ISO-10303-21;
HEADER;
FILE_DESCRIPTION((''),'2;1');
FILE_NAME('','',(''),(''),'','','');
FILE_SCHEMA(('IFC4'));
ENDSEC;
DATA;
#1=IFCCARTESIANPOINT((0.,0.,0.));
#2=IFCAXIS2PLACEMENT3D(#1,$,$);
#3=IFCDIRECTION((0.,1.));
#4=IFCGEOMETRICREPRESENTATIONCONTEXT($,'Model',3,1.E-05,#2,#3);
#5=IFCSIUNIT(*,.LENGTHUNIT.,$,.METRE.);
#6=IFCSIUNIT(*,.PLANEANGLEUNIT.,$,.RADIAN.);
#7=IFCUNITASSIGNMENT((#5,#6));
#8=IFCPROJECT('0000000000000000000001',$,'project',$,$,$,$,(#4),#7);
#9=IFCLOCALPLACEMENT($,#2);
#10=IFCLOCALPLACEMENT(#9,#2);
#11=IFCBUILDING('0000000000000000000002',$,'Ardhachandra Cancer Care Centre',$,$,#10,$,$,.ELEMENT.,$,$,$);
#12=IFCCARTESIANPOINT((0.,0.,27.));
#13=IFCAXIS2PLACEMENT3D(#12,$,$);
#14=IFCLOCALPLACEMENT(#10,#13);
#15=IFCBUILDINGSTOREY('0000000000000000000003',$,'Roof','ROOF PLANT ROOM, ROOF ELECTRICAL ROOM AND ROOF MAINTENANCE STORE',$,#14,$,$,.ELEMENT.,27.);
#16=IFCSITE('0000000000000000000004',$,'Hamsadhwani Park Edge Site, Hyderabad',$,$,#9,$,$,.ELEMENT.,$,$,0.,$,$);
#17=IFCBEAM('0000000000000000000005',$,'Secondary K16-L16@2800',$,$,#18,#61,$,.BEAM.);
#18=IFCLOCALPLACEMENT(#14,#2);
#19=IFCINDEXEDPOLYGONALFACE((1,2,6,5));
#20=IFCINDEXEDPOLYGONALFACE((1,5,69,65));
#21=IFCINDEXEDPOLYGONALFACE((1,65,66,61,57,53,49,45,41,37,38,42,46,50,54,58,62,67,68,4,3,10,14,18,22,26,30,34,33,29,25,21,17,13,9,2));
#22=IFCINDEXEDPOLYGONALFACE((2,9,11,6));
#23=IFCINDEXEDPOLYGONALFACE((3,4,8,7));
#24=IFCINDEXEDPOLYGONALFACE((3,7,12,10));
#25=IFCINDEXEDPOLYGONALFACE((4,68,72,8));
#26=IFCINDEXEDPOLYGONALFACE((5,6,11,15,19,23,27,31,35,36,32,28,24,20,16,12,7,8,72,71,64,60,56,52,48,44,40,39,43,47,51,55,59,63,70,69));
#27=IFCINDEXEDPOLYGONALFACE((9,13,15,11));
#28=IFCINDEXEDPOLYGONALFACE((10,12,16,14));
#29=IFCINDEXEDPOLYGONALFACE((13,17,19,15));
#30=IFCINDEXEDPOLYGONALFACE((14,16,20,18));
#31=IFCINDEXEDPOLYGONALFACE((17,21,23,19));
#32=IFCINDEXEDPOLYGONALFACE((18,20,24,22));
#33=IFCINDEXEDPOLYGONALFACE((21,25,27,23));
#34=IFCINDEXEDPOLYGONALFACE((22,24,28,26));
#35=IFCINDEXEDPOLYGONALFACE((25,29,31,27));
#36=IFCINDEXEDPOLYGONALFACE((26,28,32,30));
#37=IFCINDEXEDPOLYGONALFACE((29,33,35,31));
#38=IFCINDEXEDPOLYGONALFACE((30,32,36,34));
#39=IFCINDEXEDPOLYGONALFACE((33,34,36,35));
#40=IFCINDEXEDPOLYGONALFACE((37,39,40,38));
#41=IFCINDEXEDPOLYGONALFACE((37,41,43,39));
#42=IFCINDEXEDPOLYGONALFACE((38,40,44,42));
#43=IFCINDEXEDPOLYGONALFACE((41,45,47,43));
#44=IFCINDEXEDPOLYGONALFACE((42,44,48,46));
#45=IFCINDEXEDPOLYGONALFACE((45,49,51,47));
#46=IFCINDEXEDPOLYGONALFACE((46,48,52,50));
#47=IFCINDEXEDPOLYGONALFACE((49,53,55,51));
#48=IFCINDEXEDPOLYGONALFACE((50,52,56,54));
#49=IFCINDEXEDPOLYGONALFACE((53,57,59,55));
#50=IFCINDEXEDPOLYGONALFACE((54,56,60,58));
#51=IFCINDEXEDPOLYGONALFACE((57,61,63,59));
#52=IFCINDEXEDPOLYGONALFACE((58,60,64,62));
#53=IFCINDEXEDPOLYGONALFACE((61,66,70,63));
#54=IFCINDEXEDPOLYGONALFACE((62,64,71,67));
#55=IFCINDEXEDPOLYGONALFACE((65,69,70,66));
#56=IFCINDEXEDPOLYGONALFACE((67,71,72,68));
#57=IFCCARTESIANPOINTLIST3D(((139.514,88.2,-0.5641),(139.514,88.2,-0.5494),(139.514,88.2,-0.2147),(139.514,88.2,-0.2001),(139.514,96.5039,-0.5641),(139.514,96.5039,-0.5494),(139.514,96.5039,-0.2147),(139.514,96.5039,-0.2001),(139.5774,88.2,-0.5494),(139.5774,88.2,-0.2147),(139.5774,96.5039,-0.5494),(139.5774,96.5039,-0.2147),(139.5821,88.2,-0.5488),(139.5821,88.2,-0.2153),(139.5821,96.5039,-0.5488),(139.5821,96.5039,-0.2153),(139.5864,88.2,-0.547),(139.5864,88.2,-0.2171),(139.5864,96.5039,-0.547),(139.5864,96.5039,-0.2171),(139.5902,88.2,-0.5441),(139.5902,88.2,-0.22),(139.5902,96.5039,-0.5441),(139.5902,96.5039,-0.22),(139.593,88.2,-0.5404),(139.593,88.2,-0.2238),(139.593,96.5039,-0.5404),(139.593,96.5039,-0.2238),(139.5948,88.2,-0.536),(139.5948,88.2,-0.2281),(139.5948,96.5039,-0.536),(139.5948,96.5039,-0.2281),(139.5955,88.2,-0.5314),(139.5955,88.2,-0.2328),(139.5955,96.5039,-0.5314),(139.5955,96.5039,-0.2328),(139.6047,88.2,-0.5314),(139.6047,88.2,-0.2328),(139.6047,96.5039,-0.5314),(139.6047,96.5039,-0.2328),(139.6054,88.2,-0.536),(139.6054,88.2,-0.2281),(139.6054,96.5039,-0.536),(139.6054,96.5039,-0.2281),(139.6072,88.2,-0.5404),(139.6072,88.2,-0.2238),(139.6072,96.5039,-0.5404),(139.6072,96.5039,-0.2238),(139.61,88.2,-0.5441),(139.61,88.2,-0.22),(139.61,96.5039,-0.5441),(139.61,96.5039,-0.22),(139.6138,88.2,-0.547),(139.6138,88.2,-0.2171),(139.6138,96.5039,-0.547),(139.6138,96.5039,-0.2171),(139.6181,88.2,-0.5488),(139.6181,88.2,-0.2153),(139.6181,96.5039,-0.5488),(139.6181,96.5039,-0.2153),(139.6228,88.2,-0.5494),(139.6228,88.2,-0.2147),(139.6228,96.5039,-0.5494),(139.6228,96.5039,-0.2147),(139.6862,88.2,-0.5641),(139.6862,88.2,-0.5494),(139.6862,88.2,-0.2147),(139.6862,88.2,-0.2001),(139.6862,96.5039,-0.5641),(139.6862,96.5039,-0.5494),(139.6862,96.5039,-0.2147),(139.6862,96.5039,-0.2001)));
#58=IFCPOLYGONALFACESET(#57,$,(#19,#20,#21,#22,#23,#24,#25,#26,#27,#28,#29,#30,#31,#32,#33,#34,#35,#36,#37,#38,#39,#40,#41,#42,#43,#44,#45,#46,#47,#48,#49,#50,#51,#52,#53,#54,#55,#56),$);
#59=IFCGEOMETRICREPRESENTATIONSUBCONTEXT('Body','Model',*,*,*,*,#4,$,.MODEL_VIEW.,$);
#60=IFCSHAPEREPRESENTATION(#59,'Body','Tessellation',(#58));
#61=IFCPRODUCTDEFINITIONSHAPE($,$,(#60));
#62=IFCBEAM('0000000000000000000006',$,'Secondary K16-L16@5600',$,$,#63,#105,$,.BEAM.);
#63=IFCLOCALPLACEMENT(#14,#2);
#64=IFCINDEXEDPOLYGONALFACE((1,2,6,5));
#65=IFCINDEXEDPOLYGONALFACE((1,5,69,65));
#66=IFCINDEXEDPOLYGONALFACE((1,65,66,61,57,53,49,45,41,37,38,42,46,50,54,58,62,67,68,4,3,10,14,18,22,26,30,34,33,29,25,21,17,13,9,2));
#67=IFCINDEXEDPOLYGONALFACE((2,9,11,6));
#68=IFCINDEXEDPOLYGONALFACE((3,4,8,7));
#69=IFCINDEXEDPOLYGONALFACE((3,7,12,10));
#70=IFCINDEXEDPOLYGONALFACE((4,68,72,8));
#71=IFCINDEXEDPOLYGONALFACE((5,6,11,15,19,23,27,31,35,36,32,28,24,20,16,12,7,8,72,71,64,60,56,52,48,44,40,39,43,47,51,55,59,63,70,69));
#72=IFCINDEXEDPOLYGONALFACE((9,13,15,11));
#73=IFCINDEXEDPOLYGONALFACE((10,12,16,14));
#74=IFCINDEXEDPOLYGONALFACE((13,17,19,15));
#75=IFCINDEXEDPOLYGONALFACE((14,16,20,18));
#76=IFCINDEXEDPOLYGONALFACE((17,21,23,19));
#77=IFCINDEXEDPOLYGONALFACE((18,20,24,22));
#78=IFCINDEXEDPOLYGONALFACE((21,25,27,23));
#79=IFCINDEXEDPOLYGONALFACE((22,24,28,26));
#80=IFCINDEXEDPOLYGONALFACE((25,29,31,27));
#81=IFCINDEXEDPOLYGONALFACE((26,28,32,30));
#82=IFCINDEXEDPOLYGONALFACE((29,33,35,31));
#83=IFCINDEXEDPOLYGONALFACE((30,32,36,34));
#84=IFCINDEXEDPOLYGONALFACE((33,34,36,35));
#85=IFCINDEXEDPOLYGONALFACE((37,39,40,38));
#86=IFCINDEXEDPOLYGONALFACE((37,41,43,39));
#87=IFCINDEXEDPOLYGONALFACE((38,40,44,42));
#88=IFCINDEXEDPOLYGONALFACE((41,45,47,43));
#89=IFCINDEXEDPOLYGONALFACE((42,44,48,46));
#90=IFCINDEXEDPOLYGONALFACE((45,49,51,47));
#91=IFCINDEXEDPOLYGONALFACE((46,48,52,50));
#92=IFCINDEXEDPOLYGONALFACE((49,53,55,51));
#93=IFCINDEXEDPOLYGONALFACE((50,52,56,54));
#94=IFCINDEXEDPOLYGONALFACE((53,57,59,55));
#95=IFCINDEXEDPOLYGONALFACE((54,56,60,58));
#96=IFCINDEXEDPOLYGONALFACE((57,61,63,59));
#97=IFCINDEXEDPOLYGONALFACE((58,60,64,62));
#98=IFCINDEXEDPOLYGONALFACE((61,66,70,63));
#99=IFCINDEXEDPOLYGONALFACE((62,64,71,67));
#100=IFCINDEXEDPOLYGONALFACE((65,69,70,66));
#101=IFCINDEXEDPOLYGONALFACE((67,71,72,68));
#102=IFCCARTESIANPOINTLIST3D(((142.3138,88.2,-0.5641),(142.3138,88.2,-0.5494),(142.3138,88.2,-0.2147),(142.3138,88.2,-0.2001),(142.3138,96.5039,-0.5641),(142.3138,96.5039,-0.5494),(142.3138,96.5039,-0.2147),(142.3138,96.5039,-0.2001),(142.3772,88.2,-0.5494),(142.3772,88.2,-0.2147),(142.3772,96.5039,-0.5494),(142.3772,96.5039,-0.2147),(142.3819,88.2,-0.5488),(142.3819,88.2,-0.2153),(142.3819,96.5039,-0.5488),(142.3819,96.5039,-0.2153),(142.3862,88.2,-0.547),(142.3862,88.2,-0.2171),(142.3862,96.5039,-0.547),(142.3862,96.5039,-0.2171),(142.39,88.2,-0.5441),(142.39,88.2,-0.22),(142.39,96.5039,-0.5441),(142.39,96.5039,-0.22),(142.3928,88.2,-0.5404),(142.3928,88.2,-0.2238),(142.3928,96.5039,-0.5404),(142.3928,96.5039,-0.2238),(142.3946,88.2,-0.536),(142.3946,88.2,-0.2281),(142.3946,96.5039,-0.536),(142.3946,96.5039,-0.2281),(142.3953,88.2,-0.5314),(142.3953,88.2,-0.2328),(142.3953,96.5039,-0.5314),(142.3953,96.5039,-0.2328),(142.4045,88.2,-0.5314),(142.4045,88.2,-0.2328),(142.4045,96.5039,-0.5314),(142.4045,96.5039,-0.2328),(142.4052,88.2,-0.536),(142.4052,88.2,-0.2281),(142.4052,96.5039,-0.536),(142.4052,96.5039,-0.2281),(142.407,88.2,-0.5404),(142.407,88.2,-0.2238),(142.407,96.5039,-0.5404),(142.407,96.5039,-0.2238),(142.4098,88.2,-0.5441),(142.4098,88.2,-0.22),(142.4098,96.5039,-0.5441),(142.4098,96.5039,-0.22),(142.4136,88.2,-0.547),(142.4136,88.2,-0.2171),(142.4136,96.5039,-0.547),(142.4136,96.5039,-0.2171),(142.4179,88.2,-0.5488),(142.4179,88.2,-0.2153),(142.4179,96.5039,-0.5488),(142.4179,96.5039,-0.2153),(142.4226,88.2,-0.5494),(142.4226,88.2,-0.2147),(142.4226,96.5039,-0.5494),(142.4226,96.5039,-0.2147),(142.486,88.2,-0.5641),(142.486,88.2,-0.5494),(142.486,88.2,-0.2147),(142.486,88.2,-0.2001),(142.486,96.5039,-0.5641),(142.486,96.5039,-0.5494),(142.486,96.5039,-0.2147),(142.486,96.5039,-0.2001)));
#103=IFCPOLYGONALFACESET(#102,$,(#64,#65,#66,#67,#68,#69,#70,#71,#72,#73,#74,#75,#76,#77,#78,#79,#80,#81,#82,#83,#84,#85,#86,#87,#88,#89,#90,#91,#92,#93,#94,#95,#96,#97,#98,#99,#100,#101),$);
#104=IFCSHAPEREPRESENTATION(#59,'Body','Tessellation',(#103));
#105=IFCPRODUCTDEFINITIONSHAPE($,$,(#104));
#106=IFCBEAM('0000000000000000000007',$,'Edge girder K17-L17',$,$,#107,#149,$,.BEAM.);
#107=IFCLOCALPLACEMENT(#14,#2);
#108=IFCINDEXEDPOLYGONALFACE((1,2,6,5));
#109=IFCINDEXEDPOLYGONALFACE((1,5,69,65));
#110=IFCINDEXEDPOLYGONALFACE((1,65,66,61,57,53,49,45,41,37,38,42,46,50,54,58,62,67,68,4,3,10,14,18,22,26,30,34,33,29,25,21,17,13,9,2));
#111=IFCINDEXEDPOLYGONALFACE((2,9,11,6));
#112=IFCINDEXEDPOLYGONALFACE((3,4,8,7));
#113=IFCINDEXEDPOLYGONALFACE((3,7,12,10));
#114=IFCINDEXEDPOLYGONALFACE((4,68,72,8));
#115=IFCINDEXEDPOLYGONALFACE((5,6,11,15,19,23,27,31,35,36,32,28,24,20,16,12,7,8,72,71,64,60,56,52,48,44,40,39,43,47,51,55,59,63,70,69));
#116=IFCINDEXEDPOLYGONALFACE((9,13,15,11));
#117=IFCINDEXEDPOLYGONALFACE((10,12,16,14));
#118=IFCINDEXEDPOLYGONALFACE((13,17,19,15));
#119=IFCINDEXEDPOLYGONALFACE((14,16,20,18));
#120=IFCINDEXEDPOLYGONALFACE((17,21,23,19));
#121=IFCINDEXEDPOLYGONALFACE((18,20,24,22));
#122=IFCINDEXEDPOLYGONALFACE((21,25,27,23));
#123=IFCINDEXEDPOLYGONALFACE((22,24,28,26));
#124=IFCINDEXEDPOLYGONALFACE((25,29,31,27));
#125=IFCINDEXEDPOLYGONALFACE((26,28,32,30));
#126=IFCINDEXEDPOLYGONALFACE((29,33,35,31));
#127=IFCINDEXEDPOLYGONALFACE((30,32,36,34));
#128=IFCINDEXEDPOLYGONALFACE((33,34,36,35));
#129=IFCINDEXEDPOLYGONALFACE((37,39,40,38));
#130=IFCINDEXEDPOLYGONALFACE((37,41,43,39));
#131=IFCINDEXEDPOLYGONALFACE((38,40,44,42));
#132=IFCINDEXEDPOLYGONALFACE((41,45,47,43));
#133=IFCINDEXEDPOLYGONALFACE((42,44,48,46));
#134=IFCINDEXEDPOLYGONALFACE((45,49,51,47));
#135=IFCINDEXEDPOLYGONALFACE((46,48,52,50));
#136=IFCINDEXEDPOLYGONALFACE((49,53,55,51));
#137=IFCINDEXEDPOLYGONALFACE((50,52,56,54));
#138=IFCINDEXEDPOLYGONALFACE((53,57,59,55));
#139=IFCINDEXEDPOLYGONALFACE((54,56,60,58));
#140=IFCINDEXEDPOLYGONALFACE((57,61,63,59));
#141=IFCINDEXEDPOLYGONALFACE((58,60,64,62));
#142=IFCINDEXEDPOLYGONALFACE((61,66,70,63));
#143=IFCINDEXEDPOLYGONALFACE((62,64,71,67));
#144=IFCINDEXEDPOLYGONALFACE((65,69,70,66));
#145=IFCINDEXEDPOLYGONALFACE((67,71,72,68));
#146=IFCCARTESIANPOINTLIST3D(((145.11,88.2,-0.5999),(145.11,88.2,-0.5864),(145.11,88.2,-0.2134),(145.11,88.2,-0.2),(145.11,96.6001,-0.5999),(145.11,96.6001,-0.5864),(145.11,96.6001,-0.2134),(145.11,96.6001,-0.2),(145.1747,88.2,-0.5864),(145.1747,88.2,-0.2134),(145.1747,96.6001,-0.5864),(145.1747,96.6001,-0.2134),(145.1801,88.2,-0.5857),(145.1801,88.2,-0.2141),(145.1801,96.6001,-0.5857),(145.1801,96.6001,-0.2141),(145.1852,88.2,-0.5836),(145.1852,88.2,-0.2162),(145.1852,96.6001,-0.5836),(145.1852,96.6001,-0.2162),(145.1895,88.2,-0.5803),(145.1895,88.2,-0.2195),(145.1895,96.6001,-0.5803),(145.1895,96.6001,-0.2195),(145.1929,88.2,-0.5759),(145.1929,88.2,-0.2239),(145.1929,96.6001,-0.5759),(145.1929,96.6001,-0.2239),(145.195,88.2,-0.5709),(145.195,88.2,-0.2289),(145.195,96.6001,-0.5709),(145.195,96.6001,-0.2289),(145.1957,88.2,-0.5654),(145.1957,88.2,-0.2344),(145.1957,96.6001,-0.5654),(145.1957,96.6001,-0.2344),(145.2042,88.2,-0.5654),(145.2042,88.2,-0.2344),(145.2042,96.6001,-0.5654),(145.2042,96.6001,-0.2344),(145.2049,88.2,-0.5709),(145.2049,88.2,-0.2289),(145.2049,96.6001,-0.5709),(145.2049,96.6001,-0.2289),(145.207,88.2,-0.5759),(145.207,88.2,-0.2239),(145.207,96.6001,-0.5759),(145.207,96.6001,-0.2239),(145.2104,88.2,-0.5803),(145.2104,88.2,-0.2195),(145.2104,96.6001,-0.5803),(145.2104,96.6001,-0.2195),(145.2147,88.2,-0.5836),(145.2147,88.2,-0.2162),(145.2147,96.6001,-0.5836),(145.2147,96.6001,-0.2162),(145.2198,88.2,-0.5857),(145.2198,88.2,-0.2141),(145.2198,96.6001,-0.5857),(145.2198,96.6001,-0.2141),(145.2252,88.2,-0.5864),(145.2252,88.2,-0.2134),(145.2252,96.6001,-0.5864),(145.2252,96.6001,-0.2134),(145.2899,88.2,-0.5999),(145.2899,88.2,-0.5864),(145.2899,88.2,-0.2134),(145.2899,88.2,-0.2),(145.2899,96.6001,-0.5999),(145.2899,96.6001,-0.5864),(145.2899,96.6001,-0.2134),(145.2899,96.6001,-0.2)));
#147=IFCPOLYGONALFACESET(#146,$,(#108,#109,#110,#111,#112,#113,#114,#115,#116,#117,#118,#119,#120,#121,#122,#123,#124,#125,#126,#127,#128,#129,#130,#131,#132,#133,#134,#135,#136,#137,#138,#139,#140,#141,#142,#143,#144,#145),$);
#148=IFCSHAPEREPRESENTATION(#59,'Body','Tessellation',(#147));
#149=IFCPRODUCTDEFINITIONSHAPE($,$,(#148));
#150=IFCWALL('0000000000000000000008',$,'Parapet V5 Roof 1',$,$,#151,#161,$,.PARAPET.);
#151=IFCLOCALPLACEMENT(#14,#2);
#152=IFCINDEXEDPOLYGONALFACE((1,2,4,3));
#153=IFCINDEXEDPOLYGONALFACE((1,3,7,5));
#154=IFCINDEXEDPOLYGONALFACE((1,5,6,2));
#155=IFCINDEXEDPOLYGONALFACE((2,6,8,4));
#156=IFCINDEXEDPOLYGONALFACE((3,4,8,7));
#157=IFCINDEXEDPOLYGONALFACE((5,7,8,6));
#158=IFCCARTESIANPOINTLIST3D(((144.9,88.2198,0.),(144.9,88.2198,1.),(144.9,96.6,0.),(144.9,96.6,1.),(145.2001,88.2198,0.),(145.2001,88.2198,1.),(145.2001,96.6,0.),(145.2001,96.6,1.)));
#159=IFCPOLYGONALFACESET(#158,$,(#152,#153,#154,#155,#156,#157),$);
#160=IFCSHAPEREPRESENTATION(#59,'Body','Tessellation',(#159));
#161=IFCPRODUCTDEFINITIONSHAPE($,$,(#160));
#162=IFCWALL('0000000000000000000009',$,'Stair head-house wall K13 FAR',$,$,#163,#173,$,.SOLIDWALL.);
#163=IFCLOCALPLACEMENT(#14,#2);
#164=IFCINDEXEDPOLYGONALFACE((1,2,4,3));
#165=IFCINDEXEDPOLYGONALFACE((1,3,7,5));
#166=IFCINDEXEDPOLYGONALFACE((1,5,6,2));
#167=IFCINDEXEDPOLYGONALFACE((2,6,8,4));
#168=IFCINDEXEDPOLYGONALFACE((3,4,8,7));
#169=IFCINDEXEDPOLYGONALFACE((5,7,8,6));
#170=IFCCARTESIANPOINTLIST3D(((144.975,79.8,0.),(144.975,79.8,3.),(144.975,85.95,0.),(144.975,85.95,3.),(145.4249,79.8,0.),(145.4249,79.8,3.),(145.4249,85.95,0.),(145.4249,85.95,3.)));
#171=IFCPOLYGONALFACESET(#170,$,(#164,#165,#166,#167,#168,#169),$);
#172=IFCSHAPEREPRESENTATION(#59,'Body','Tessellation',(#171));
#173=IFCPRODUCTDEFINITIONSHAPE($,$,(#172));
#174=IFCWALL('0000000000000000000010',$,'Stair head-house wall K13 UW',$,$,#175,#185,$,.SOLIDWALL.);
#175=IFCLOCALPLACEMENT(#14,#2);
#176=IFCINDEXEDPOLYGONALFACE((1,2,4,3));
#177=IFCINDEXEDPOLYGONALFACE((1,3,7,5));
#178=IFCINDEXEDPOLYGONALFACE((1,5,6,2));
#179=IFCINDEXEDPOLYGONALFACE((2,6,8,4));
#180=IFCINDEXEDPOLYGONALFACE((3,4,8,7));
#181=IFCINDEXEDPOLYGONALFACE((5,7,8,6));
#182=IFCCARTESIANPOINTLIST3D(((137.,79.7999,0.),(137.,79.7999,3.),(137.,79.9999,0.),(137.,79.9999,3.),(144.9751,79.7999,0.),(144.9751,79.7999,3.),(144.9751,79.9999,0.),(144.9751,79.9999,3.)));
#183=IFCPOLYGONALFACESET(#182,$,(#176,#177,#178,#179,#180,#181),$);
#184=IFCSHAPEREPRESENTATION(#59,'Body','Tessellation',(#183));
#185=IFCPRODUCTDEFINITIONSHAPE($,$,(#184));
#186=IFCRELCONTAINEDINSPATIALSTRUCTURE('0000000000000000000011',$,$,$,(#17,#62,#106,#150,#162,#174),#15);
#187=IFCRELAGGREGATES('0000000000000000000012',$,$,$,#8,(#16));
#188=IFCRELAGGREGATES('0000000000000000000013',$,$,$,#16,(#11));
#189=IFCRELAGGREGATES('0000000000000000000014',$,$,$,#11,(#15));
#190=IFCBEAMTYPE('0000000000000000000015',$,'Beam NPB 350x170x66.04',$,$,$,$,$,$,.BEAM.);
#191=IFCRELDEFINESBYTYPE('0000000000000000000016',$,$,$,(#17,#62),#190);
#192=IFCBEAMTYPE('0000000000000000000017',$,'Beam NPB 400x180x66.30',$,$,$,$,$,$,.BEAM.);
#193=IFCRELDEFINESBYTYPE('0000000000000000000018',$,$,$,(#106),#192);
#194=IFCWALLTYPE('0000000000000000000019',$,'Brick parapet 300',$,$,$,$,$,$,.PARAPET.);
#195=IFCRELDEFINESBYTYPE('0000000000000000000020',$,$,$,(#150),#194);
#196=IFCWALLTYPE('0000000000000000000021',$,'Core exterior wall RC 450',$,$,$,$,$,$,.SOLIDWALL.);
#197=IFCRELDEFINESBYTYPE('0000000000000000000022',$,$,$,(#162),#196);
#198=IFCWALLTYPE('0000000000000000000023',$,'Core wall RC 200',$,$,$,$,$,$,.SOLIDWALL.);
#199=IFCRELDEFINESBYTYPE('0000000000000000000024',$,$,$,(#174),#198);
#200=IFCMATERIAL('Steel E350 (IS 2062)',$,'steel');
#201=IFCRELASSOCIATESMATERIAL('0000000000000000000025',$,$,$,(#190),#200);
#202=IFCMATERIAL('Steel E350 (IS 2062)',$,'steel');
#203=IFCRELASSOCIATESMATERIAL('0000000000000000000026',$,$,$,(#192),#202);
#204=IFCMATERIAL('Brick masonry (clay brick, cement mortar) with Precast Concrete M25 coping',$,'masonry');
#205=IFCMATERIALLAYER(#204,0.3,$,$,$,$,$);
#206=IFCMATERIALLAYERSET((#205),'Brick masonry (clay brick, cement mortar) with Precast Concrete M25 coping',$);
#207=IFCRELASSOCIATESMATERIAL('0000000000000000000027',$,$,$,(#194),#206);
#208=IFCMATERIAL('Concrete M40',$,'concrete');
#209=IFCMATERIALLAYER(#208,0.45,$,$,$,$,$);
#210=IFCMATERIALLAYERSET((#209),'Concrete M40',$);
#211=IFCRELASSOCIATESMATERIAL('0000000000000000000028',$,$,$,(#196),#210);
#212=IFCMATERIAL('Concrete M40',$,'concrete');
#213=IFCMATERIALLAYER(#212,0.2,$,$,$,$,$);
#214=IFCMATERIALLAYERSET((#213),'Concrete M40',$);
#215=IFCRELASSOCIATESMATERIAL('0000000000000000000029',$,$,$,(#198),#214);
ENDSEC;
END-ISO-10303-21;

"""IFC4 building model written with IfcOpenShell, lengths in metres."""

from ifc_helpers import new_model, si_unit, direction, frame, frame_2d, origin, origin_2d, place, context, subcontext, project, spatial, rectangle, i_section, extrude, material, layer, layer_set, material_profile, profile_set, type_object, element, save


model = new_model("IFC4")

# Units and contexts
model_context = context("Model", 3, precision=1e-05, world=origin(), true_north=direction((0.0, 1.0)))
body_context = subcontext(model_context, "Body", "Model", "MODEL_VIEW")
ifc_project = project(units=[si_unit("LENGTHUNIT", "METRE"), si_unit("PLANEANGLEUNIT", "RADIAN")], contexts=[model_context])

# Site, building, storey
site_placement = place(None, origin())
site = spatial("IfcSite", under=ifc_project, at=site_placement, Name="Hamsadhwani Park Edge Site, Hyderabad", CompositionType="ELEMENT", RefElevation=0.0)
building_placement = place(site_placement, origin())
building = spatial("IfcBuilding", under=site, at=building_placement, Name="Ardhachandra Cancer Care Centre", CompositionType="ELEMENT")
storey_placement = place(building_placement, frame((0.0, 0.0, 27.0)))
storey = spatial("IfcBuildingStorey", under=building, at=storey_placement, Name="Roof", Description="ROOF PLANT ROOM, ROOF ELECTRICAL ROOM AND ROOF MAINTENANCE STORE", CompositionType="ELEMENT", Elevation=27.0)

# Beams
ifc_material_1 = material(Name="Steel E350 (IS 2062)", Category="steel")
ifc_material_profile_1 = material_profile(ifc_material_1, i_section(OverallWidth=0.1721, OverallDepth=0.364, WebThickness=0.0093, FlangeThickness=0.0146, FilletRadius=0.0181, at=origin_2d()), Name="NPB 350x170x66.04")
ifc_profile_set_1 = profile_set([ifc_material_profile_1], Name="Steel E350 (IS 2062)")
beam_type_1 = type_object("IfcBeamType", Name="Beam NPB 350x170x66.04", PredefinedType="BEAM", material=ifc_profile_set_1)
for number, where, z_axis, x_axis, name in (
    (1, (139.6001, 88.2, -0.3821), (0.0, 1.0, 0.0), (-1.0, 0.0, 0.0), "Secondary K16-L16@2800"),
    (2, (142.3999, 88.2, -0.3821), (0.0, 1.0, 0.0), (-1.0, 0.0, 0.0), "Secondary K16-L16@5600"),
):
    element("IfcBeam", number, at=place(storey_placement, frame(where, z_axis=z_axis, x_axis=x_axis)), inside=storey, type_object=beam_type_1, Name=name, PredefinedType="BEAM", context=body_context, shape_type="SweptSolid", body=[
        extrude(i_section(OverallWidth=0.1721, OverallDepth=0.364, WebThickness=0.0093, FlangeThickness=0.0146, FilletRadius=0.0181, at=origin_2d()), origin(), (0.0, 0.0, 1.0), 8.304),
    ])
ifc_material_2 = material(Name="Steel E350 (IS 2062)", Category="steel")
ifc_material_profile_2 = material_profile(ifc_material_2, i_section(OverallWidth=0.1799, OverallDepth=0.3999, WebThickness=0.0085, FlangeThickness=0.0134, FilletRadius=0.021, at=origin_2d()), Name="NPB 400x180x66.30")
ifc_profile_set_2 = profile_set([ifc_material_profile_2], Name="Steel E350 (IS 2062)")
beam_type_2 = type_object("IfcBeamType", Name="Beam NPB 400x180x66.30", PredefinedType="BEAM", material=ifc_profile_set_2)
beam_placement = place(storey_placement, frame((145.2, 88.2, -0.3999), z_axis=(0.0, 1.0, 0.0), x_axis=(-1.0, 0.0, 0.0)))
element("IfcBeam", 3, at=beam_placement, inside=storey, type_object=beam_type_2, Name="Edge girder K17-L17", PredefinedType="BEAM", context=body_context, shape_type="SweptSolid", body=[
    extrude(i_section(OverallWidth=0.1799, OverallDepth=0.3999, WebThickness=0.0085, FlangeThickness=0.0134, FilletRadius=0.021, at=origin_2d()), origin(), (0.0, 0.0, 1.0), 8.4001),
])

# Walls
ifc_material_3 = material(Name="Brick masonry (clay brick, cement mortar) with Precast Concrete M25 coping", Category="masonry")
ifc_layer_1 = layer(ifc_material_3, 0.3)
ifc_layer_set_1 = layer_set([ifc_layer_1], Name="Brick masonry (clay brick, cement mortar) with Precast Concrete M25 coping")
wall_type_1 = type_object("IfcWallType", Name="Brick parapet 300", PredefinedType="PARAPET", material=ifc_layer_set_1)
wall_1_placement = place(storey_placement, frame((145.05, 88.22, 0.0), z_axis=(0.0, 0.0, 1.0), x_axis=(0.0, 1.0, 0.0)))
element("IfcWall", 4, at=wall_1_placement, inside=storey, type_object=wall_type_1, Name="Parapet V5 Roof 1", PredefinedType="PARAPET", context=body_context, shape_type="SweptSolid", body=[
    extrude(rectangle(XDim=8.3801, YDim=0.3, at=frame_2d((4.1899, 0.0))), origin(), (0.0, 0.0, 1.0), 1.0),
])
ifc_material_4 = material(Name="Concrete M40", Category="concrete")
ifc_layer_2 = layer(ifc_material_4, 0.45)
ifc_layer_set_2 = layer_set([ifc_layer_2], Name="Concrete M40")
wall_type_2 = type_object("IfcWallType", Name="Core exterior wall RC 450", PredefinedType="SOLIDWALL", material=ifc_layer_set_2)
wall_2_placement = place(storey_placement, frame((145.2, 79.8, 0.0), z_axis=(0.0, 0.0, 1.0), x_axis=(0.0, 1.0, 0.0)))
element("IfcWall", 5, at=wall_2_placement, inside=storey, type_object=wall_type_2, Name="Stair head-house wall K13 FAR", PredefinedType="SOLIDWALL", context=body_context, shape_type="SweptSolid", body=[
    extrude(rectangle(XDim=6.1499, YDim=0.45, at=frame_2d((3.075, 0.0))), origin(), (0.0, 0.0, 1.0), 3.0),
])
ifc_material_5 = material(Name="Concrete M40", Category="concrete")
ifc_layer_3 = layer(ifc_material_5, 0.2)
ifc_layer_set_3 = layer_set([ifc_layer_3], Name="Concrete M40")
wall_type_3 = type_object("IfcWallType", Name="Core wall RC 200", PredefinedType="SOLIDWALL", material=ifc_layer_set_3)
wall_3_placement = place(storey_placement, frame((137.0, 79.8999, 0.0), z_axis=(0.0, 0.0, 1.0), x_axis=(1.0, 0.0, 0.0)))
element("IfcWall", 6, at=wall_3_placement, inside=storey, type_object=wall_type_3, Name="Stair head-house wall K13 UW", PredefinedType="SOLIDWALL", context=body_context, shape_type="SweptSolid", body=[
    extrude(rectangle(XDim=7.9751, YDim=0.2, at=frame_2d((3.9875, 0.0))), origin(), (0.0, 0.0, 1.0), 3.0),
])

save(model, "model.ifc")
